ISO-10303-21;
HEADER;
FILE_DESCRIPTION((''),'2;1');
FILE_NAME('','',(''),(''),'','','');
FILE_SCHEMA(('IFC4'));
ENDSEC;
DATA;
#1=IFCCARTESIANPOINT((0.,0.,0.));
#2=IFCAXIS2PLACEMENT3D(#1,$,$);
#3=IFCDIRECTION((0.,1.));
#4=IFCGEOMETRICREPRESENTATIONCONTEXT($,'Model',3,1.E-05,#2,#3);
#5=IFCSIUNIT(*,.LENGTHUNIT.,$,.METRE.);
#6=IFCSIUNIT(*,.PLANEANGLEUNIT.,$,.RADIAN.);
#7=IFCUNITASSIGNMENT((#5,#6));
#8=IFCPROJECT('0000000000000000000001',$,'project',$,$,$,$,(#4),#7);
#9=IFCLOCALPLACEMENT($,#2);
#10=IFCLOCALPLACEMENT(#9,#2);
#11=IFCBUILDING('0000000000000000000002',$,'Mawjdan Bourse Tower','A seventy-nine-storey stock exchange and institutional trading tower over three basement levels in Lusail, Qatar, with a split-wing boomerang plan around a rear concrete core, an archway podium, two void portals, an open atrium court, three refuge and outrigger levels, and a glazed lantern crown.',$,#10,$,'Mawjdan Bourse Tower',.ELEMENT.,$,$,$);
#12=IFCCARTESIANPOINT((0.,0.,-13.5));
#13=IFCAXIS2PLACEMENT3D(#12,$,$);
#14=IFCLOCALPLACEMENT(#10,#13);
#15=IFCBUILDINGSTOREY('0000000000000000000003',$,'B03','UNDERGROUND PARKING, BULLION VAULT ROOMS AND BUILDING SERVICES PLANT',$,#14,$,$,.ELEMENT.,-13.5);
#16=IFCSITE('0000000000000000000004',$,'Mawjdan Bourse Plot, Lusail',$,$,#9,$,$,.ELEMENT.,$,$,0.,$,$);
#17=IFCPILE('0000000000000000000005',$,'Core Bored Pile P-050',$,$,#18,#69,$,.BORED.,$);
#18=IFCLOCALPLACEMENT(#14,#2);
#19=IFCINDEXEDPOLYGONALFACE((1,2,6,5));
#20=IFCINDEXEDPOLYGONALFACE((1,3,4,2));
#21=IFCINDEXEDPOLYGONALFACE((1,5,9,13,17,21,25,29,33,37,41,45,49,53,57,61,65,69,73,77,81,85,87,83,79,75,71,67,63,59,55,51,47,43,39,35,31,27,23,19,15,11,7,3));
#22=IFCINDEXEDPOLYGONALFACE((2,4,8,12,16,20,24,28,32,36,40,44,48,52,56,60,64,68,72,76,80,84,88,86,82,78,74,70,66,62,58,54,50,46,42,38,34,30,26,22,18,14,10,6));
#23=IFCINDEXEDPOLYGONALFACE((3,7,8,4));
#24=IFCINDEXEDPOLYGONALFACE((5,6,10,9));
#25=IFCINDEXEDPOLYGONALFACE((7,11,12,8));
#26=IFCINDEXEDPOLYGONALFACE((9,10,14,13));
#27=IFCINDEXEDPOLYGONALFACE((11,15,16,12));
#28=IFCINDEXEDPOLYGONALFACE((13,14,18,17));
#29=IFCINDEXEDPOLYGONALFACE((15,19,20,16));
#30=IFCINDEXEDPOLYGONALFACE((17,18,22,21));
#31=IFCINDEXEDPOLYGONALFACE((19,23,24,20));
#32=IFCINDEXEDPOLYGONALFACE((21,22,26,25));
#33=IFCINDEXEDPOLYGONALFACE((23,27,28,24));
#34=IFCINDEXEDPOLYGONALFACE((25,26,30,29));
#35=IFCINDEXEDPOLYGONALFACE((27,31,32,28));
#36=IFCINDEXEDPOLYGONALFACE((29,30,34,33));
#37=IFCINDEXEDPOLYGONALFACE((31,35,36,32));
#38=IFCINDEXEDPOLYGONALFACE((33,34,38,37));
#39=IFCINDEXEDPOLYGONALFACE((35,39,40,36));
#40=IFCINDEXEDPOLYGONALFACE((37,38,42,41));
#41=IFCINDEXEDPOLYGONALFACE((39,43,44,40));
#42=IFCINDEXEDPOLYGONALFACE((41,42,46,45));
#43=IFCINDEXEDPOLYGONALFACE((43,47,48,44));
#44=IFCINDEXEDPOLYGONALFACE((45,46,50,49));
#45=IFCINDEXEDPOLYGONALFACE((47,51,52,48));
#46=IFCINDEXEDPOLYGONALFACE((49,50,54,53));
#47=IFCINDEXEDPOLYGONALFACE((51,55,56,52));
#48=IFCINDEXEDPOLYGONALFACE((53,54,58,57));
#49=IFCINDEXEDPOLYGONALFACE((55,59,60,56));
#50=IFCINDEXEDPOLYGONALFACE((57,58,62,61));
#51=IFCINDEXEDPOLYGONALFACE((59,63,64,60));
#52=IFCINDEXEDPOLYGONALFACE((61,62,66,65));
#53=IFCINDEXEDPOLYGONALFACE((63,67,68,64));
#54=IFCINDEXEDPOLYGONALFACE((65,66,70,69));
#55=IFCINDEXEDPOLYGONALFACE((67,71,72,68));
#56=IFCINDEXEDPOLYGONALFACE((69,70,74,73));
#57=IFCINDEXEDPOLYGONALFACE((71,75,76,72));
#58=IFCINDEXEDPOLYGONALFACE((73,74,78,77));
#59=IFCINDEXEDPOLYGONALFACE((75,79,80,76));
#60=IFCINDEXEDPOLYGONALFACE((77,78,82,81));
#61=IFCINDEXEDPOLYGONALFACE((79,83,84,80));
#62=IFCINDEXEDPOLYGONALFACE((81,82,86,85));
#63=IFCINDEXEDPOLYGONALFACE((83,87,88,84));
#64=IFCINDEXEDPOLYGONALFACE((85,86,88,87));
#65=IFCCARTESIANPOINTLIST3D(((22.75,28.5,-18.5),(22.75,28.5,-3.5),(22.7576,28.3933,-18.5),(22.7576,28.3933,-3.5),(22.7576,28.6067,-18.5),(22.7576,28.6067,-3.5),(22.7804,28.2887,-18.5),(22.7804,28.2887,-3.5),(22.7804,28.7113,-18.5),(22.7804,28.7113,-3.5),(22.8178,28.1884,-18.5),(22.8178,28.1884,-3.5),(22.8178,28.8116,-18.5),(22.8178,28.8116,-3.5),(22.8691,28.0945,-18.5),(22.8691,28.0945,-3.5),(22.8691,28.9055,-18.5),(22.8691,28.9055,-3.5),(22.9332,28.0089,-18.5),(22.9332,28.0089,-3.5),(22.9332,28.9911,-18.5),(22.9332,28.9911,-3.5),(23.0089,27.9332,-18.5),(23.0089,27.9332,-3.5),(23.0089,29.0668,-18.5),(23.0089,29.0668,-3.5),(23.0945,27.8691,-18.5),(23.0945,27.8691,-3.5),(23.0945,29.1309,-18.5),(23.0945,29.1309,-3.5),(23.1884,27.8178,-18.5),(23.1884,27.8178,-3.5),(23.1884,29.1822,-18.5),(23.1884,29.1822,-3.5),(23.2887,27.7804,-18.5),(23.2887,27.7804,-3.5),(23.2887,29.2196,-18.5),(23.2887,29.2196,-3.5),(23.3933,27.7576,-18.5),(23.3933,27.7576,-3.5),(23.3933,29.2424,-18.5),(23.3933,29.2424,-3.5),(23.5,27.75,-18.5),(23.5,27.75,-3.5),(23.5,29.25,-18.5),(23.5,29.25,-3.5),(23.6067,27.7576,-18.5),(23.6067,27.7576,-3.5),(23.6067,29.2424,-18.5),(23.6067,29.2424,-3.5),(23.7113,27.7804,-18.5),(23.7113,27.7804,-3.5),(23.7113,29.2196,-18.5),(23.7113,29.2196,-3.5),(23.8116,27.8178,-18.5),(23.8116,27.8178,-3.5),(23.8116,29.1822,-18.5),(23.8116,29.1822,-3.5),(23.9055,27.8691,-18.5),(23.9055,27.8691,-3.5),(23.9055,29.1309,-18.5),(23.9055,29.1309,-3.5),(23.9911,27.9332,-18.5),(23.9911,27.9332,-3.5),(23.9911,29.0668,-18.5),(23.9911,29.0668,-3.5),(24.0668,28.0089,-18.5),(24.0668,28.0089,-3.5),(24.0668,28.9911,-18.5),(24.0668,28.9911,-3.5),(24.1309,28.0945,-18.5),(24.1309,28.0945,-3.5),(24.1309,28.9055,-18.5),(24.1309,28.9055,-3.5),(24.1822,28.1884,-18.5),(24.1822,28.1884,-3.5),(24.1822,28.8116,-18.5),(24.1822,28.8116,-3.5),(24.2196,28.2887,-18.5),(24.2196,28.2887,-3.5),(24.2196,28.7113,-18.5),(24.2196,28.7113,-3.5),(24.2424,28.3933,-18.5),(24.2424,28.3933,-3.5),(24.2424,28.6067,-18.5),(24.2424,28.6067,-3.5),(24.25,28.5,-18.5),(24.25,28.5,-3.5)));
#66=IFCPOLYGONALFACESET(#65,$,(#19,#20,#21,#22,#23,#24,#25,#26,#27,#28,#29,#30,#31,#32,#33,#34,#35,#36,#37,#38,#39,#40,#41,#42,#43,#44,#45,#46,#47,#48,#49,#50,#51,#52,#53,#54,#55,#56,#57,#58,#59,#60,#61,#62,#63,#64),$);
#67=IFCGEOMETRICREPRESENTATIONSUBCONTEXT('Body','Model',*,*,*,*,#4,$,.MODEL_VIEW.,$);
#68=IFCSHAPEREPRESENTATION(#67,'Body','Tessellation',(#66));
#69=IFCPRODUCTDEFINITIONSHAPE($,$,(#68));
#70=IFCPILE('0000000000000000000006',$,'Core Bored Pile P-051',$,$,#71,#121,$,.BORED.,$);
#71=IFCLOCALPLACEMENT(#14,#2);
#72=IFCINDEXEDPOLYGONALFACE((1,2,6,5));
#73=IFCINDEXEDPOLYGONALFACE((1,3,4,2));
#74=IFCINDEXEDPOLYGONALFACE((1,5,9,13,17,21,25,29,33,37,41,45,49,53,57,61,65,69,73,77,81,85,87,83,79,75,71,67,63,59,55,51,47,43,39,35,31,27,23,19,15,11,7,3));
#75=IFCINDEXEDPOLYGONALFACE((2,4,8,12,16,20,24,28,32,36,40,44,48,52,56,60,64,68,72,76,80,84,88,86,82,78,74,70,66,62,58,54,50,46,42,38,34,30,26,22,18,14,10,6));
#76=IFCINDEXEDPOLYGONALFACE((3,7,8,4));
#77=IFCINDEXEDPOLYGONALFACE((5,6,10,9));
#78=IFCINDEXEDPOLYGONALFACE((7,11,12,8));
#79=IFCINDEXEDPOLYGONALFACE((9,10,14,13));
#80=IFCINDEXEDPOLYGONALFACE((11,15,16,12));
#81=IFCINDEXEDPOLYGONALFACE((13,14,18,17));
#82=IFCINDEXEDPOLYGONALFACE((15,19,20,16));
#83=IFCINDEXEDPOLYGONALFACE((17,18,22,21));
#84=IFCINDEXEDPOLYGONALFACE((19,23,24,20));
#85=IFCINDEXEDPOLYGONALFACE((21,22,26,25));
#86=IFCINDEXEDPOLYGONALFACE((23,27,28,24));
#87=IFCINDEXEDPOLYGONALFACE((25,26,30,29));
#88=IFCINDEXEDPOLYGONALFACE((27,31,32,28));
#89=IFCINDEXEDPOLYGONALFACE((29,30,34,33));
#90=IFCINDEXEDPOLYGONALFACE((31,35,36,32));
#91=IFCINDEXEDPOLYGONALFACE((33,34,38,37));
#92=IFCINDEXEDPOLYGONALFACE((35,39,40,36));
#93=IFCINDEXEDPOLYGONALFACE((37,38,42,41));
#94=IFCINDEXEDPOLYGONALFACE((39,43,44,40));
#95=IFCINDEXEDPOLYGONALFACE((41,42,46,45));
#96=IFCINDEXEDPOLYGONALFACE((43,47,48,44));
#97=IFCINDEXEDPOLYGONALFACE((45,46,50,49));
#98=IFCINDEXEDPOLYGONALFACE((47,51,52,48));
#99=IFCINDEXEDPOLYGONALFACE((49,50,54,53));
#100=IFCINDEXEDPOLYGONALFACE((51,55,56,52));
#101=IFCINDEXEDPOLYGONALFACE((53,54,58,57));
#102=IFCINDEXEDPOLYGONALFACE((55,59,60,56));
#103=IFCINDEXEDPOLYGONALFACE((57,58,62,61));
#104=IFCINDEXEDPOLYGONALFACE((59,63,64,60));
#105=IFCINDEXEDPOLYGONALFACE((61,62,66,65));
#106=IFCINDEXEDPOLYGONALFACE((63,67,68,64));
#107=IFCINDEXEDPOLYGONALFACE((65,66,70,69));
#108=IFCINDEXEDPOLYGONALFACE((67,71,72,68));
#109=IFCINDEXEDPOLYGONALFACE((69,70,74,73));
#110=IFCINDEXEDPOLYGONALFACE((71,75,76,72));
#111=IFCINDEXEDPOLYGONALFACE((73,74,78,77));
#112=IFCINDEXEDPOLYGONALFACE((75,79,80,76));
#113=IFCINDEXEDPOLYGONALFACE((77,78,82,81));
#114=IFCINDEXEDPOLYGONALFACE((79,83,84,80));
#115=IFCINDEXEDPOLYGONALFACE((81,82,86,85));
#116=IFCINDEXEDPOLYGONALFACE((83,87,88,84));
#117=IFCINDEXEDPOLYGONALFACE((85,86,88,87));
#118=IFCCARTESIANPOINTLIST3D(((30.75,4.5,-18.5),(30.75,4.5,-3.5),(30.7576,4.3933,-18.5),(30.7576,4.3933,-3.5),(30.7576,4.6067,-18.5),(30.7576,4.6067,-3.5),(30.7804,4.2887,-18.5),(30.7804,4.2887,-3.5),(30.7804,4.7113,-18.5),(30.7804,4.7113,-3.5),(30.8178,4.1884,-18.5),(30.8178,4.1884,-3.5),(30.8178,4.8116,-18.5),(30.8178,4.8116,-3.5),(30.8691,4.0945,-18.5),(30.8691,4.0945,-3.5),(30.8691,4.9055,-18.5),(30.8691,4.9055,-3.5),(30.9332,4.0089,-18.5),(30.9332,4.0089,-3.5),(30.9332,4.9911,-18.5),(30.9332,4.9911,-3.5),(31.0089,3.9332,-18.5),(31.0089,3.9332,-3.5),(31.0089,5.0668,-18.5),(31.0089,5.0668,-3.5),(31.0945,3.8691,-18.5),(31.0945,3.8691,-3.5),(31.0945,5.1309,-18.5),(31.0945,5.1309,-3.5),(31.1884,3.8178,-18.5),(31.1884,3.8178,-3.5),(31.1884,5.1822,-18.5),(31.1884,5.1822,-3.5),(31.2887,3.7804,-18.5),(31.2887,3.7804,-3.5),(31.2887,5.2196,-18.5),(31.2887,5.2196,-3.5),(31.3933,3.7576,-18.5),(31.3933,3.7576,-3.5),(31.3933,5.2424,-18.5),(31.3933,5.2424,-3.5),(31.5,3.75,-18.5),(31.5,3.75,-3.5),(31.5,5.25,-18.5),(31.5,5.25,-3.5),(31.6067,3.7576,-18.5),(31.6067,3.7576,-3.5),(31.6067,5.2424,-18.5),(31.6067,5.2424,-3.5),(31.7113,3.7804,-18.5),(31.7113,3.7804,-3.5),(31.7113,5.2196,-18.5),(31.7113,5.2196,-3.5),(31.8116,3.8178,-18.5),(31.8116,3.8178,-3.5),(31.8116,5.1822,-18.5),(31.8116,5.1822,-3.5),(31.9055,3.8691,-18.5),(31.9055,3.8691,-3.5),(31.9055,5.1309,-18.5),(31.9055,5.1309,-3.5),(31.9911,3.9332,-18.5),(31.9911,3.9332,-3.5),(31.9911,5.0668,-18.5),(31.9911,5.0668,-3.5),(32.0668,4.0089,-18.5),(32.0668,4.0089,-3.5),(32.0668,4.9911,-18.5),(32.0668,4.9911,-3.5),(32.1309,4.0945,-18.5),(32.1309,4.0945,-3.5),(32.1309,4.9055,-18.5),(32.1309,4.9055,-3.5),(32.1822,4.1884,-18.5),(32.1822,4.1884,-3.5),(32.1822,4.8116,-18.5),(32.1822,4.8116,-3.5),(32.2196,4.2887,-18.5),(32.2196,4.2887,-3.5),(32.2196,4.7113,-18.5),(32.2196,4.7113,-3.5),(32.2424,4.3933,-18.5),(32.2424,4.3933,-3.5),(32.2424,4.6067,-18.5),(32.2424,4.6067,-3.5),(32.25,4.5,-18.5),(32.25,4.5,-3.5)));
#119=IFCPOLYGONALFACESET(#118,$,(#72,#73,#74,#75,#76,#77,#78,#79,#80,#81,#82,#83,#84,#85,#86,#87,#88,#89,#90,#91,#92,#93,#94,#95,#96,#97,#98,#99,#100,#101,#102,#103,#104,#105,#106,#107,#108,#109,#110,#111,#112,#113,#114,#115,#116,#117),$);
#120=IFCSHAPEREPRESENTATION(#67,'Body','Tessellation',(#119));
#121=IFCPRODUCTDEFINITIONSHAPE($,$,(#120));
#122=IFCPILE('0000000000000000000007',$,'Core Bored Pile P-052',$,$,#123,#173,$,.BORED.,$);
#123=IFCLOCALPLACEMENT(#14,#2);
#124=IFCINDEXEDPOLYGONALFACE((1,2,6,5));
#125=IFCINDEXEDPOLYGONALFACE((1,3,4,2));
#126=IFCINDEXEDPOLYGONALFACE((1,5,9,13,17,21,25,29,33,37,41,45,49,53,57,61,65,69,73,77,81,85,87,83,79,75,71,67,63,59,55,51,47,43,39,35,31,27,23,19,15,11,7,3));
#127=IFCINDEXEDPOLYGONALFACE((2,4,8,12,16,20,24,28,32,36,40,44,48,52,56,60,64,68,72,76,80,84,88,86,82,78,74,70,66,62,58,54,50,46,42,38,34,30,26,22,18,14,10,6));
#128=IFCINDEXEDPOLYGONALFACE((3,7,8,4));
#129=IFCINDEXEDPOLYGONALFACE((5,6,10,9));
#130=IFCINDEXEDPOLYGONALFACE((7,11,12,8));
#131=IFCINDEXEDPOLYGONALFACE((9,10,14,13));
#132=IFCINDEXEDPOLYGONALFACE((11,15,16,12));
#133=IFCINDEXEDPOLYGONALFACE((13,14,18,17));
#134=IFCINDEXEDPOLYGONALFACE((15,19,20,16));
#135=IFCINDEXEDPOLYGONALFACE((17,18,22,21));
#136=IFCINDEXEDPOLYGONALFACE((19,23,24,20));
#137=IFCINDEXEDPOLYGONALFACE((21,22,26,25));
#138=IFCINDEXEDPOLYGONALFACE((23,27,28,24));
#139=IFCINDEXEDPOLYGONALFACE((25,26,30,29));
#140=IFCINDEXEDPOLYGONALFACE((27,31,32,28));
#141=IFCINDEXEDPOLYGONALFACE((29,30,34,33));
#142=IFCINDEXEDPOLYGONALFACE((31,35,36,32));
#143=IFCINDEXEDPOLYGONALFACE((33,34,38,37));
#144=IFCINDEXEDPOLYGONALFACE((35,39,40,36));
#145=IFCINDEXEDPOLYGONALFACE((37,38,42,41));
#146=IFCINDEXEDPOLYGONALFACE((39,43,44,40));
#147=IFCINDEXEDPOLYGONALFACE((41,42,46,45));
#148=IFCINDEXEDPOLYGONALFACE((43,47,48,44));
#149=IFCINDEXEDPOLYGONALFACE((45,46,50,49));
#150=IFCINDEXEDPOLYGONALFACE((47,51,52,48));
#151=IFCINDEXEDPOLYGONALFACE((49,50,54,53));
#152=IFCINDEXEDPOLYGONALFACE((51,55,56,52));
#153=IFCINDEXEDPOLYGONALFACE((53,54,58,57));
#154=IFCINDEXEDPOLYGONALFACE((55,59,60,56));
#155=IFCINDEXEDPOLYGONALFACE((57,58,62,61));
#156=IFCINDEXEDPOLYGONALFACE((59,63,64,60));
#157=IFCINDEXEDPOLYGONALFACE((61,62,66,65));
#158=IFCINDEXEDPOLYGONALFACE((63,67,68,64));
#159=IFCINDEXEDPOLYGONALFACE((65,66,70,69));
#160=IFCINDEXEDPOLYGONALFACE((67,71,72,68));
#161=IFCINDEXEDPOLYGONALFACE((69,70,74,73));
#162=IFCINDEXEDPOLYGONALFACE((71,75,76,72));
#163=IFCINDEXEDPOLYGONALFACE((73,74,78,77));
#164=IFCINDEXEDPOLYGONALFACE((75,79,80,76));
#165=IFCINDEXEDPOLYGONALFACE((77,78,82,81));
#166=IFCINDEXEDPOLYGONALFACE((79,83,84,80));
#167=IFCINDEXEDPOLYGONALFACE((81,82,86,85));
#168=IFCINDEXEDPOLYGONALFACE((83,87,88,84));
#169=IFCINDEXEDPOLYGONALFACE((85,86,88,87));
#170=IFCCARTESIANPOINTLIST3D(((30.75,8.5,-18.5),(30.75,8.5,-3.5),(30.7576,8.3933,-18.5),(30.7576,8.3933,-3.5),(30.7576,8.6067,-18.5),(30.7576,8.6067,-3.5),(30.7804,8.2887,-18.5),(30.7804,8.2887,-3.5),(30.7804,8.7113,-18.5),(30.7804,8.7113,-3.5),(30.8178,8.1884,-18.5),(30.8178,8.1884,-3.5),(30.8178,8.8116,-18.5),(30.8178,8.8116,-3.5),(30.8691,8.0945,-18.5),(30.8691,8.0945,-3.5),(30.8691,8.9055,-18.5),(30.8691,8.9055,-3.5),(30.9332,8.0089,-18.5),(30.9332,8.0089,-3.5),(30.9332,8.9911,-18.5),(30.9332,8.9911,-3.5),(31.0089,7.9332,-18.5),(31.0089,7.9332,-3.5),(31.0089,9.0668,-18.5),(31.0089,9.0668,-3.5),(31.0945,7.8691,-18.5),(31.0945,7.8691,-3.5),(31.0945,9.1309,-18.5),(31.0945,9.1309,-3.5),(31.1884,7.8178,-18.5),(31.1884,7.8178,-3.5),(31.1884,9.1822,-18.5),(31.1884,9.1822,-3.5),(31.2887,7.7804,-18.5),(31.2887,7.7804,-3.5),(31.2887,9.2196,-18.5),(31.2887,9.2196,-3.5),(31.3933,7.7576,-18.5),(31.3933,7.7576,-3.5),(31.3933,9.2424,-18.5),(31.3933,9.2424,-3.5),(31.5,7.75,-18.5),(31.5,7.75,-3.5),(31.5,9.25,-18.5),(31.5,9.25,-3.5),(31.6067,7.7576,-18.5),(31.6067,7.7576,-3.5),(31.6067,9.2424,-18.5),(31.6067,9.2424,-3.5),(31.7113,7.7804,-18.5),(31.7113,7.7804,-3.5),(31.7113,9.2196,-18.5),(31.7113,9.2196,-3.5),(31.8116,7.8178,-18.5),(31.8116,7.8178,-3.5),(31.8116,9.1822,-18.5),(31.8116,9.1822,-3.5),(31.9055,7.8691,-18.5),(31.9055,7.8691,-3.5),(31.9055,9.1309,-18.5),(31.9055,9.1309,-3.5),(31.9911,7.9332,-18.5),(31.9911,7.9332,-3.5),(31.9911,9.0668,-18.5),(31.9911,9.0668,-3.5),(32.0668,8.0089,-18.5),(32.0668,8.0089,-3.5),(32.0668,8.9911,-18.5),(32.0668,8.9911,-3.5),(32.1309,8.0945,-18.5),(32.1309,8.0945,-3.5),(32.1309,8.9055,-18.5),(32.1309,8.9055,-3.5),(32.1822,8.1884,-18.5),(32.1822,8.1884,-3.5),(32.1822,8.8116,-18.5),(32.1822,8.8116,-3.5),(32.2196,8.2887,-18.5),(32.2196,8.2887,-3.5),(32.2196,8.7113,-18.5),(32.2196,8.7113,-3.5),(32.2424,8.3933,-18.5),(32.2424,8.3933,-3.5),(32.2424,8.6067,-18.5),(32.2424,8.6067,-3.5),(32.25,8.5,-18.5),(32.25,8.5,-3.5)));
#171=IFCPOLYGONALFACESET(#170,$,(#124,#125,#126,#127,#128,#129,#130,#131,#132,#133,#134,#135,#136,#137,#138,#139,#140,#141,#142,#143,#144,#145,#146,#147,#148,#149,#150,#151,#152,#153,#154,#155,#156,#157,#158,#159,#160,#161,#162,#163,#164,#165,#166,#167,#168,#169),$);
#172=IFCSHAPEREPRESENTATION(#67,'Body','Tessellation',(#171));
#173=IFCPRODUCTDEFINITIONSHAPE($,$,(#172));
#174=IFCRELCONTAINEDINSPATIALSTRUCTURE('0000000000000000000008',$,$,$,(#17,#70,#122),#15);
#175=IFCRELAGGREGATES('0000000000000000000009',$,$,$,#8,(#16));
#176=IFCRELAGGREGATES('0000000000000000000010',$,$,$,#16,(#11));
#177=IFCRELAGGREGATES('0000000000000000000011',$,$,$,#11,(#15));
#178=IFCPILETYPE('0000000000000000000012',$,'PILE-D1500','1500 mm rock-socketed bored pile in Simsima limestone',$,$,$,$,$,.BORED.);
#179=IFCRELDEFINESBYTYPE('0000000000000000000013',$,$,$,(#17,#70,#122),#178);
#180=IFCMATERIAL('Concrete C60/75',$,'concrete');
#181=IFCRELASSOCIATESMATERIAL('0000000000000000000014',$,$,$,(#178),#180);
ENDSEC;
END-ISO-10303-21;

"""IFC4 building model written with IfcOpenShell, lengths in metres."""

from ifc_helpers import new_model, si_unit, direction, frame, origin, origin_2d, place, context, subcontext, project, spatial, circle, extrude, material, material_profile, profile_set, type_object, element, save


model = new_model("IFC4")

# Units and contexts
model_context = context("Model", 3, precision=1e-05, world=origin(), true_north=direction((0.0, 1.0)))
body_context = subcontext(model_context, "Body", "Model", "MODEL_VIEW")
ifc_project = project(units=[si_unit("LENGTHUNIT", "METRE"), si_unit("PLANEANGLEUNIT", "RADIAN")], contexts=[model_context])

# Site, building, storey
site_placement = place(None, origin())
site = spatial("IfcSite", under=ifc_project, at=site_placement, Name="Mawjdan Bourse Plot, Lusail", CompositionType="ELEMENT", RefElevation=0.0)
building_placement = place(site_placement, origin())
building = spatial("IfcBuilding", under=site, at=building_placement, Name="Mawjdan Bourse Tower", Description="A seventy-nine-storey stock exchange and institutional trading tower over three basement levels in Lusail, Qatar, with a split-wing boomerang plan around a rear concrete core, an archway podium, two void portals, an open atrium court, three refuge and outrigger levels, and a glazed lantern crown.", LongName="Mawjdan Bourse Tower", CompositionType="ELEMENT")
storey_placement = place(building_placement, frame((0.0, 0.0, -13.5)))
storey = spatial("IfcBuildingStorey", under=building, at=storey_placement, Name="B03", Description="UNDERGROUND PARKING, BULLION VAULT ROOMS AND BUILDING SERVICES PLANT", CompositionType="ELEMENT", Elevation=-13.5)

# Piles
ifc_material_1 = material(Name="Concrete C60/75", Category="concrete")
ifc_material_profile_1 = material_profile(ifc_material_1, circle(Radius=0.75, at=origin_2d()), Name="PILE-D1500")
ifc_profile_set_1 = profile_set([ifc_material_profile_1], Name="Concrete C60/75")
pile_type = type_object("IfcPileType", Name="PILE-D1500", Description="1500 mm rock-socketed bored pile in Simsima limestone", PredefinedType="BORED", material=ifc_profile_set_1)
for number, where, z_axis, x_axis, name in (
    (1, (23.5, 28.5, -3.5), (0.0, 0.0, -1.0), (1.0, 0.0, 0.0), "Core Bored Pile P-050"),
    (2, (31.5, 4.5, -3.5), (0.0, 0.0, -1.0), (1.0, 0.0, 0.0), "Core Bored Pile P-051"),
    (3, (31.5, 8.5, -3.5), (0.0, 0.0, -1.0), (1.0, 0.0, 0.0), "Core Bored Pile P-052"),
):
    element("IfcPile", number, at=place(storey_placement, frame(where, z_axis=z_axis, x_axis=x_axis)), inside=storey, type_object=pile_type, Name=name, PredefinedType="BORED", context=body_context, shape_type="SweptSolid", body=[
        extrude(circle(Radius=0.75, at=origin_2d()), origin(), (0.0, 0.0, 1.0), 15.0),
    ])

save(model, "model.ifc")
